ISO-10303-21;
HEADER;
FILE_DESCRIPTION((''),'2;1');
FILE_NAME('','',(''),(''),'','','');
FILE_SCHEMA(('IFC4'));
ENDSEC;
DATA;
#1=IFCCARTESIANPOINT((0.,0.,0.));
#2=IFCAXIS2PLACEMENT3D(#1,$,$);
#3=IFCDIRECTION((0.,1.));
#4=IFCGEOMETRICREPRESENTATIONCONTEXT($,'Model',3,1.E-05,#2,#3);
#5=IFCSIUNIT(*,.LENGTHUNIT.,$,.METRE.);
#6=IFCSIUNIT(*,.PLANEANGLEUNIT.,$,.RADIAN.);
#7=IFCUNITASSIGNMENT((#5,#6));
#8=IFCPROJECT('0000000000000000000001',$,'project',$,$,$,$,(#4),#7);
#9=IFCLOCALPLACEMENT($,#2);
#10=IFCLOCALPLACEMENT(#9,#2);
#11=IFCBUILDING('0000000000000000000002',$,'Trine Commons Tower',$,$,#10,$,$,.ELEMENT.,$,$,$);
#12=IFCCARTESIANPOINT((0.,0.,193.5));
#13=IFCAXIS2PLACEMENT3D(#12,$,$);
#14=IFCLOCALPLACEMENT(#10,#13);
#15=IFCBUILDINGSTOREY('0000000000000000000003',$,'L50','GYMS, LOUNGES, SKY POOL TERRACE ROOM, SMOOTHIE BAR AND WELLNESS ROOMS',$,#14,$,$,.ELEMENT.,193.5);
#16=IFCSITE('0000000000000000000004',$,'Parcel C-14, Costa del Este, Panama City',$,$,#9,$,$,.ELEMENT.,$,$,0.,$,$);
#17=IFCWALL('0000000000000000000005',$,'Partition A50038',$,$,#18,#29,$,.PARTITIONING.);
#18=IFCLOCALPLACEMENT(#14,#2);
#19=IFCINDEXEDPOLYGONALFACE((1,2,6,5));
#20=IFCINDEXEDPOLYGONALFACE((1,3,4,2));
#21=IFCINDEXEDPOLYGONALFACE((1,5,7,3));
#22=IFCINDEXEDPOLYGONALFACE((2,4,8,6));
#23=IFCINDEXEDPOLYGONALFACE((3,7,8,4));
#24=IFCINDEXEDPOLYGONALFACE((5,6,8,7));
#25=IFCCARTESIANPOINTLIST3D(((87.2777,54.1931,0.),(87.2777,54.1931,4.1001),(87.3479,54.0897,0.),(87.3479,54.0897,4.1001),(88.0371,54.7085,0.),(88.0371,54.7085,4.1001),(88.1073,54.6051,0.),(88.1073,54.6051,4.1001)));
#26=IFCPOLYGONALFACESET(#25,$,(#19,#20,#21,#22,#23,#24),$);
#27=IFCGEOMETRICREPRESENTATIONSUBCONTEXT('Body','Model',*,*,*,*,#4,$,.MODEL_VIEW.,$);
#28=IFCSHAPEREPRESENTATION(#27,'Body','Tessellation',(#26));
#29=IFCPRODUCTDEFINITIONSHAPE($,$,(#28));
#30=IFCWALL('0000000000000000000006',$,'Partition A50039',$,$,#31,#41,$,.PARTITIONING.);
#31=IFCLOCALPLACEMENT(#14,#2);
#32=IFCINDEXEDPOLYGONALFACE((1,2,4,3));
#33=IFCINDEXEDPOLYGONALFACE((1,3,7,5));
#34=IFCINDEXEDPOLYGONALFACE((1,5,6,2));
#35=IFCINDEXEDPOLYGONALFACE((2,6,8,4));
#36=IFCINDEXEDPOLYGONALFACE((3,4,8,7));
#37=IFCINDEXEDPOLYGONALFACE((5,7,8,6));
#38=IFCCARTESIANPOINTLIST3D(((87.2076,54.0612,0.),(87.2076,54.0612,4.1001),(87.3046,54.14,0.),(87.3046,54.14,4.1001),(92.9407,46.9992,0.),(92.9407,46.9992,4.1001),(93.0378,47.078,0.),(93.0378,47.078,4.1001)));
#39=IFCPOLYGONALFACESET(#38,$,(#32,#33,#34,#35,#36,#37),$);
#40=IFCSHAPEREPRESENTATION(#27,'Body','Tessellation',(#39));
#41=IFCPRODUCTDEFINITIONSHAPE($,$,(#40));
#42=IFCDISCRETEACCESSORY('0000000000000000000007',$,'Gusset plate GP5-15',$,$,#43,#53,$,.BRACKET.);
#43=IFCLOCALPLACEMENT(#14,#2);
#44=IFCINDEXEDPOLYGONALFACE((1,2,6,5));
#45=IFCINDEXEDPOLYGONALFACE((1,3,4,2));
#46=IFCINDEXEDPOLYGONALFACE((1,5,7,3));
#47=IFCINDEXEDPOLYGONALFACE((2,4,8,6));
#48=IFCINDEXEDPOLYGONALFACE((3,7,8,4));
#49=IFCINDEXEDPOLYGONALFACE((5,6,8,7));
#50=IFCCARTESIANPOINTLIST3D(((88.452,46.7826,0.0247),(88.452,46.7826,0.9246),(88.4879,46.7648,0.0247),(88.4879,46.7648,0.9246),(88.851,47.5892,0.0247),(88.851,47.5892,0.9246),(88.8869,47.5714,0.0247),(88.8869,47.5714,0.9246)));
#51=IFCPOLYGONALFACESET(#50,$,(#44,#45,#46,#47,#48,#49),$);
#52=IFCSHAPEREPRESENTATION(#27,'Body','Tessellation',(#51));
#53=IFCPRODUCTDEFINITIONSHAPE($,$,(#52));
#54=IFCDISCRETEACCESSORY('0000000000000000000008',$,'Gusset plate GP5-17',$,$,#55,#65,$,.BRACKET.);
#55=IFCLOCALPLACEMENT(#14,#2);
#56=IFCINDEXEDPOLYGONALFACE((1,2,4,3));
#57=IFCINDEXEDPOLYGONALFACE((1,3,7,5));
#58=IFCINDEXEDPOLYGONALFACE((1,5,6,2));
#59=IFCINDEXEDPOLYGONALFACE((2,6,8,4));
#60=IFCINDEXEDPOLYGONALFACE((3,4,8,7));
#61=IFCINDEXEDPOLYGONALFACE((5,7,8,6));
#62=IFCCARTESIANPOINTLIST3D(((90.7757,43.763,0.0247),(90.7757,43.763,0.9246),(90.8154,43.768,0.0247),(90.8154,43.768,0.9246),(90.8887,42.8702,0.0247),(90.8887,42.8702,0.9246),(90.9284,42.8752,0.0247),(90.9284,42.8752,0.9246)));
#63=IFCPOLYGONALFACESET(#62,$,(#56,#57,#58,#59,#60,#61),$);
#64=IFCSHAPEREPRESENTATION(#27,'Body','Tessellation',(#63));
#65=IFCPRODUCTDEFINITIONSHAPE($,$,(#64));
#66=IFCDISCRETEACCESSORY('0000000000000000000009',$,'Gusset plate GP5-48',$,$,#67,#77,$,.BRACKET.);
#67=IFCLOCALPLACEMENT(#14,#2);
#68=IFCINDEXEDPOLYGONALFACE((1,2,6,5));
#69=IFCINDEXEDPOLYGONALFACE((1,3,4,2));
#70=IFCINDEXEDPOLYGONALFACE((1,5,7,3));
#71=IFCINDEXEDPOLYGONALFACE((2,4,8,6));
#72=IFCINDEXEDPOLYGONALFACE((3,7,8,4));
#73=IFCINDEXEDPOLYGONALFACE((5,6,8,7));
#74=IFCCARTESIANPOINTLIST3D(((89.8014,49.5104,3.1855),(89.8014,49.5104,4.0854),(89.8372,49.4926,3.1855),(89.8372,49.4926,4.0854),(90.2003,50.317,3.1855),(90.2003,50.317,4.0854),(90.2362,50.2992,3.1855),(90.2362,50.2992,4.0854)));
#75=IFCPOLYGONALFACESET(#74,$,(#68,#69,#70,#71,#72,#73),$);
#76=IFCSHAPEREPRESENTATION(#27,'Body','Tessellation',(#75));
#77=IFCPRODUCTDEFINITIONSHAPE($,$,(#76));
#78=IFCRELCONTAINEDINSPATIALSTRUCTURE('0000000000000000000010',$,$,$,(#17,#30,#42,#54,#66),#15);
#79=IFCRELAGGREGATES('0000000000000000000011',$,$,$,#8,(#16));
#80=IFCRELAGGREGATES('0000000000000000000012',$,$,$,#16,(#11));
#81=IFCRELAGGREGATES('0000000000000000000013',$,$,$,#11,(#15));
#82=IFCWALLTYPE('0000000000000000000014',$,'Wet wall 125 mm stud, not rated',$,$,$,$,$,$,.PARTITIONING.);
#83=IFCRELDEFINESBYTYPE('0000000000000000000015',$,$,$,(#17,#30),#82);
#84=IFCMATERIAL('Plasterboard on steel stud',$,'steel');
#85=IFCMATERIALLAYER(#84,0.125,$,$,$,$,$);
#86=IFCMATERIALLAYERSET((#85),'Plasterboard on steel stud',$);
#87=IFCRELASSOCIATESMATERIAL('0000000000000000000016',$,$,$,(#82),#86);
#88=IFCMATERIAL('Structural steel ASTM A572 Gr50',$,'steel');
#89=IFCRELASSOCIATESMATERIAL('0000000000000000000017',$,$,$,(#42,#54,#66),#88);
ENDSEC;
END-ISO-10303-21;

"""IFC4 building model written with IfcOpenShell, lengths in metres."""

from ifc_helpers import new_model, si_unit, direction, frame, frame_2d, origin, origin_2d, place, context, subcontext, project, spatial, rectangle, extrude, material, layer, layer_set, type_object, element, save


model = new_model("IFC4")

# Units and contexts
model_context = context("Model", 3, precision=1e-05, world=origin(), true_north=direction((0.0, 1.0)))
body_context = subcontext(model_context, "Body", "Model", "MODEL_VIEW")
ifc_project = project(units=[si_unit("LENGTHUNIT", "METRE"), si_unit("PLANEANGLEUNIT", "RADIAN")], contexts=[model_context])

# Site, building, storey
site_placement = place(None, origin())
site = spatial("IfcSite", under=ifc_project, at=site_placement, Name="Parcel C-14, Costa del Este, Panama City", CompositionType="ELEMENT", RefElevation=0.0)
building_placement = place(site_placement, origin())
building = spatial("IfcBuilding", under=site, at=building_placement, Name="Trine Commons Tower", CompositionType="ELEMENT")
storey_placement = place(building_placement, frame((0.0, 0.0, 193.5)))
storey = spatial("IfcBuildingStorey", under=building, at=storey_placement, Name="L50", Description="GYMS, LOUNGES, SKY POOL TERRACE ROOM, SMOOTHIE BAR AND WELLNESS ROOMS", CompositionType="ELEMENT", Elevation=193.5)

# Shared definitions
ifc_material_1 = material(Name="Plasterboard on steel stud", Category="steel")

# Walls
ifc_layer_1 = layer(ifc_material_1, 0.125)
ifc_layer_set_1 = layer_set([ifc_layer_1], Name="Plasterboard on steel stud")
wall_type_1 = type_object("IfcWallType", Name="Wet wall 125 mm stud, not rated", PredefinedType="PARTITIONING", material=ifc_layer_set_1)
wall_1_placement = place(storey_placement, frame((87.3127, 54.1414, 0.0), z_axis=(0.0, 0.0, 1.0), x_axis=(0.827396, 0.561619, 0.0)))
element("IfcWall", 1, at=wall_1_placement, inside=storey, type_object=wall_type_1, Name="Partition A50038", PredefinedType="PARTITIONING", context=body_context, shape_type="SweptSolid", body=[
    extrude(rectangle(XDim=0.9177, YDim=0.125, at=frame_2d((0.459, 0.0))), origin(), (0.0, 0.0, 1.0), 4.1001),
])
wall_2_placement = place(storey_placement, frame((87.2561, 54.1006, 0.0), z_axis=(0.0, 0.0, 1.0), x_axis=(0.630279, -0.776368, 0.0)))
element("IfcWall", 2, at=wall_2_placement, inside=storey, type_object=wall_type_1, Name="Partition A50039", PredefinedType="PARTITIONING", context=body_context, shape_type="SweptSolid", body=[
    extrude(rectangle(XDim=9.0962, YDim=0.125, at=frame_2d((4.5481, 0.0))), origin(), (0.0, 0.0, 1.0), 4.1001),
])

# Discrete accessories
ifc_material_2 = material(Name="Structural steel ASTM A572 Gr50", Category="steel")
for number, where, z_axis, x_axis, name in (
    (3, (88.6694, 47.177, 0.0247), (0.0, 0.0, 1.0), (0.443368, 0.896339, 0.0), "Gusset plate GP5-15"),
    (4, (90.8521, 43.3191, 0.0247), (0.0, 0.0, 1.0), (-0.125541, 0.992088, 0.0), "Gusset plate GP5-17"),
    (5, (90.0188, 49.9048, 3.1855), (0.0, 0.0, 1.0), (0.443368, 0.896339, 0.0), "Gusset plate GP5-48"),
):
    element("IfcDiscreteAccessory", number, at=place(storey_placement, frame(where, z_axis=z_axis, x_axis=x_axis)), inside=storey, material=ifc_material_2, Name=name, PredefinedType="BRACKET", context=body_context, shape_type="SweptSolid", body=[
        extrude(rectangle(XDim=0.8999, YDim=0.04, at=origin_2d()), origin(), (0.0, 0.0, 1.0), 0.8999),
    ])

save(model, "model.ifc")
